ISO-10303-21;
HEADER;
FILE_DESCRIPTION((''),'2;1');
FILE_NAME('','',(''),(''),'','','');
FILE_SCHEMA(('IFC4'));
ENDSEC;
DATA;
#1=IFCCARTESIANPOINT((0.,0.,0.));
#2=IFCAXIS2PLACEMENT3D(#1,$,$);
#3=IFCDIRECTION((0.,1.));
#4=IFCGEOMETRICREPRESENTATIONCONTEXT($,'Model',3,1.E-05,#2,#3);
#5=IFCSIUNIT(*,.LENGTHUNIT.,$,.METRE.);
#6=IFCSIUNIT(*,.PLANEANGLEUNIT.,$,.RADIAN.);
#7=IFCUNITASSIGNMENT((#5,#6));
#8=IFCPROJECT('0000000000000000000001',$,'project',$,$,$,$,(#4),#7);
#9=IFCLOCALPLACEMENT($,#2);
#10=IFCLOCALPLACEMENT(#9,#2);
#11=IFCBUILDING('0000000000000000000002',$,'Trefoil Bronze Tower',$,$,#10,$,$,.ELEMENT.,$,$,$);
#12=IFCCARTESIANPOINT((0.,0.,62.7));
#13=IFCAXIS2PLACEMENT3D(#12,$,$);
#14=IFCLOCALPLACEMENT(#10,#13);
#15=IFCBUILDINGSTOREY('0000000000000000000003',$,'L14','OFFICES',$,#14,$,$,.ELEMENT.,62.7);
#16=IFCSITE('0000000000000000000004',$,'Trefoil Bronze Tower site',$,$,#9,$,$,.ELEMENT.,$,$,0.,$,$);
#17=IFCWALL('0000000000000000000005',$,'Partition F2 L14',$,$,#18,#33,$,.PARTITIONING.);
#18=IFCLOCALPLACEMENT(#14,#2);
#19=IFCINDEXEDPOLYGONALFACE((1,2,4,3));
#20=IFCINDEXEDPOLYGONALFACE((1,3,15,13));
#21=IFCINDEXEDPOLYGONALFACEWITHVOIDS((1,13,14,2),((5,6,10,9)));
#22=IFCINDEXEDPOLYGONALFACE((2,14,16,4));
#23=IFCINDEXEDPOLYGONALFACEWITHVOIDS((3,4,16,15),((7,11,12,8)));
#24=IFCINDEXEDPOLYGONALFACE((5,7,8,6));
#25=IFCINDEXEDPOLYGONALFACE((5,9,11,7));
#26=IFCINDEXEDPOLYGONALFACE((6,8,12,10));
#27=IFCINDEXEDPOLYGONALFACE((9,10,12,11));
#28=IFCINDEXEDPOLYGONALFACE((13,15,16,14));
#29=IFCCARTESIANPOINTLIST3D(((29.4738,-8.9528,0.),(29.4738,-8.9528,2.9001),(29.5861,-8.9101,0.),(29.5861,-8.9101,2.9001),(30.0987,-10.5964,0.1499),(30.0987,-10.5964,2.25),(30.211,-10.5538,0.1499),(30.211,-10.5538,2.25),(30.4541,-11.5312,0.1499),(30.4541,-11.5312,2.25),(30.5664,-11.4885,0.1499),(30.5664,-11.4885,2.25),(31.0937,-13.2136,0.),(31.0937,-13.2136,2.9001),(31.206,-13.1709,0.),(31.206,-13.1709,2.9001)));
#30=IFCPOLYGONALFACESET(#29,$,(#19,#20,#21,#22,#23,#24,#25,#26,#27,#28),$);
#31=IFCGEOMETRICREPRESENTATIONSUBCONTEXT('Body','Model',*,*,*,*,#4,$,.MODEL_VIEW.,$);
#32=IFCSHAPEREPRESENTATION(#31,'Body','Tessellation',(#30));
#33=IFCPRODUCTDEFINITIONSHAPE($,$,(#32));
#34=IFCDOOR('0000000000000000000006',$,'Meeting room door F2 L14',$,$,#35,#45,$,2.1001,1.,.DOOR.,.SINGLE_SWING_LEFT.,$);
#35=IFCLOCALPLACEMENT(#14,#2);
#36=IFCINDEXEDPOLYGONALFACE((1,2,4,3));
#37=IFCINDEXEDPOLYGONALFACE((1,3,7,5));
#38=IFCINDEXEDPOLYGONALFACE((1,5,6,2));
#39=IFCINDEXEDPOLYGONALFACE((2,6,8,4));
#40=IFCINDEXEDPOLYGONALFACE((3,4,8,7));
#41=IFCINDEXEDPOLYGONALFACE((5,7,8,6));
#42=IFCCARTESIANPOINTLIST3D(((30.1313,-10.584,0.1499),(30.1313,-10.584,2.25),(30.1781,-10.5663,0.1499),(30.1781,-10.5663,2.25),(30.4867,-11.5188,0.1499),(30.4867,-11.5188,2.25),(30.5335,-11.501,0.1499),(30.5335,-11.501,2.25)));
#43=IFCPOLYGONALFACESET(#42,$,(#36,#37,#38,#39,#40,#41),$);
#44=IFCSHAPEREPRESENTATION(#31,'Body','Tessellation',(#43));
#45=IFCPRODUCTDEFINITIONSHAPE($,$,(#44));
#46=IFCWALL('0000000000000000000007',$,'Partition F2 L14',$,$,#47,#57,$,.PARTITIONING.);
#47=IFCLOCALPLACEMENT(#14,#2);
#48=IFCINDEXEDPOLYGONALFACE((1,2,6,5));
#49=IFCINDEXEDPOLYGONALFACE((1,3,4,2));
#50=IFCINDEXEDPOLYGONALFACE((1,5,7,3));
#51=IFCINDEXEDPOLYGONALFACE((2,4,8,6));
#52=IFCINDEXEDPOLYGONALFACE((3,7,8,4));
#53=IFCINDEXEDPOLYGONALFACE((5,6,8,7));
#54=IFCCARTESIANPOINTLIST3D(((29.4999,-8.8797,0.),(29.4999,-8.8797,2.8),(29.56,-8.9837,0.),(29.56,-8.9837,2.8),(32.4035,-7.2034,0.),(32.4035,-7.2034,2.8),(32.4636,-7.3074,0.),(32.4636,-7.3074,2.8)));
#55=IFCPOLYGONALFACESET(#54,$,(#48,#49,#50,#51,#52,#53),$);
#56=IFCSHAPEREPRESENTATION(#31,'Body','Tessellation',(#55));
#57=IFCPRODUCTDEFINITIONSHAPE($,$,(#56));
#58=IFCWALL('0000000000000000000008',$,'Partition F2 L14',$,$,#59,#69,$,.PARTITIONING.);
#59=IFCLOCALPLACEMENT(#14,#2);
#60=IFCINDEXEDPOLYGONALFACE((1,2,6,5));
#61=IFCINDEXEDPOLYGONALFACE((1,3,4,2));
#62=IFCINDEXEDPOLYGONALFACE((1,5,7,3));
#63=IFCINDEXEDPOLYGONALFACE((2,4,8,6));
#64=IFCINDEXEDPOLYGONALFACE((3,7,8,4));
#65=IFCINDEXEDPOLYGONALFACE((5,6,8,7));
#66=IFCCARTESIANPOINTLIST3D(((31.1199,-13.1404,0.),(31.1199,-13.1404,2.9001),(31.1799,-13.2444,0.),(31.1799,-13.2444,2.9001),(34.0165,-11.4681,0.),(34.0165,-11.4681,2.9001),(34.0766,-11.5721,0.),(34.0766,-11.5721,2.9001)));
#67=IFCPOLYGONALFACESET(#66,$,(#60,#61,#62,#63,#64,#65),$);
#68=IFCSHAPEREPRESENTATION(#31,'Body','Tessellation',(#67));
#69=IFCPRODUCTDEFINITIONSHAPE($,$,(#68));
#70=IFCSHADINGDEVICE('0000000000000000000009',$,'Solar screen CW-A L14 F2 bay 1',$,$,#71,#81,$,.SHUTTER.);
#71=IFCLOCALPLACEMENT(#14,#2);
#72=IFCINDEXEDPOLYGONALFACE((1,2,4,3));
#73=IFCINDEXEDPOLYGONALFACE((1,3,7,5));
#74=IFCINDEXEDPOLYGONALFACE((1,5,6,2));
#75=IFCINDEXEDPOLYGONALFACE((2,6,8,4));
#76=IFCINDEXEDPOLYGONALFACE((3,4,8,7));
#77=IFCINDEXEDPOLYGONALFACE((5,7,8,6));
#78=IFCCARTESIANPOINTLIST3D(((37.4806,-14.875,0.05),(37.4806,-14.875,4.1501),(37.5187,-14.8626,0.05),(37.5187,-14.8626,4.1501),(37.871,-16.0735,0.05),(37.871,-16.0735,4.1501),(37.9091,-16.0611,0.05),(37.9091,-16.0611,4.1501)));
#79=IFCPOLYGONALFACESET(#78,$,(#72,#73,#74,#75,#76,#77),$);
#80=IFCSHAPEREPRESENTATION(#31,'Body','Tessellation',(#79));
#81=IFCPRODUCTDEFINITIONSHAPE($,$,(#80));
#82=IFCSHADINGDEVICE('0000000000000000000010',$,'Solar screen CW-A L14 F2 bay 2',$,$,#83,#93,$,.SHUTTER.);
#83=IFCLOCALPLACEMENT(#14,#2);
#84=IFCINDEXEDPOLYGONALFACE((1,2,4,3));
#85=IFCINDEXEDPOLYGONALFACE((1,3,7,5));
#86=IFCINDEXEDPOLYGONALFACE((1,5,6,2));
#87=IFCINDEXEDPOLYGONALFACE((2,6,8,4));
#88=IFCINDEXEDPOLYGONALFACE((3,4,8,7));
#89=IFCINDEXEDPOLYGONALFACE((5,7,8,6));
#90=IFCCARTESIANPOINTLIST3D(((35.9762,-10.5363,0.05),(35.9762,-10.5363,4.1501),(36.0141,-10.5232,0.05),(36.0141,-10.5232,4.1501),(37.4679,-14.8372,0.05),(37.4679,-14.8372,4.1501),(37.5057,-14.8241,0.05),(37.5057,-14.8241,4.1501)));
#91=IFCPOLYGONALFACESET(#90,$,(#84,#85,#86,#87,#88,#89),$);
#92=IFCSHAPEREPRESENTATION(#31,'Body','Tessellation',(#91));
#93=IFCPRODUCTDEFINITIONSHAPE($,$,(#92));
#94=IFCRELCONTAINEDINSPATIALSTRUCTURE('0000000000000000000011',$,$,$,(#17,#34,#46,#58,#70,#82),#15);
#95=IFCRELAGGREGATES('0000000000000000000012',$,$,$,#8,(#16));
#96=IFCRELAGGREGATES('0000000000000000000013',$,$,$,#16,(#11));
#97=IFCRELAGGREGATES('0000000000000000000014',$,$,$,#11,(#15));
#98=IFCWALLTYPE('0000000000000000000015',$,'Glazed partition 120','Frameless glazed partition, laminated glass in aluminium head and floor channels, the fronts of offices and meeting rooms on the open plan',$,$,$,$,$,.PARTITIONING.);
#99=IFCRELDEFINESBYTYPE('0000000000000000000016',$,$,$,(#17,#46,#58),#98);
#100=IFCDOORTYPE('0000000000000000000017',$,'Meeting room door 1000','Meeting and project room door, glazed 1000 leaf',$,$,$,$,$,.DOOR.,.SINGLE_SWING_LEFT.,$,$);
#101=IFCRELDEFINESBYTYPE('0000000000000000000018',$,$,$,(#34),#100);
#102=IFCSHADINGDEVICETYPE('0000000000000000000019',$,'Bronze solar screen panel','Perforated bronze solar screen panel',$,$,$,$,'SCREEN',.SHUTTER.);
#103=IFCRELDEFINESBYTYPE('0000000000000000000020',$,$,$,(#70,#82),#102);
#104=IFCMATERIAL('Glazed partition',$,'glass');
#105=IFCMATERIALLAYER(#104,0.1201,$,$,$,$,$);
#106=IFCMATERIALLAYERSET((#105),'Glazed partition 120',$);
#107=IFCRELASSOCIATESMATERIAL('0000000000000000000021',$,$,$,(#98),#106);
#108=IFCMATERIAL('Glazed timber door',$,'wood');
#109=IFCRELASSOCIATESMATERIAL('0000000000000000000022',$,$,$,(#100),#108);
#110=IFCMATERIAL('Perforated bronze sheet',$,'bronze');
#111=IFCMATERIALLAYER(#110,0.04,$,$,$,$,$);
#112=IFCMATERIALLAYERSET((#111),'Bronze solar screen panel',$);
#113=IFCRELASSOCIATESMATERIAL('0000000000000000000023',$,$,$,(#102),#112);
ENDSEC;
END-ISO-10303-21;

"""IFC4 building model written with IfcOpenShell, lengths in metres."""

from ifc_helpers import new_model, si_unit, direction, frame, frame_2d, origin, origin_2d, place, context, subcontext, project, spatial, rectangle, extrude, material, layer, layer_set, type_object, element, fill, save


model = new_model("IFC4")

# Units and contexts
model_context = context("Model", 3, precision=1e-05, world=origin(), true_north=direction((0.0, 1.0)))
body_context = subcontext(model_context, "Body", "Model", "MODEL_VIEW")
ifc_project = project(units=[si_unit("LENGTHUNIT", "METRE"), si_unit("PLANEANGLEUNIT", "RADIAN")], contexts=[model_context])

# Site, building, storey
site_placement = place(None, origin())
site = spatial("IfcSite", under=ifc_project, at=site_placement, Name="Trefoil Bronze Tower site", CompositionType="ELEMENT", RefElevation=0.0)
building_placement = place(site_placement, origin())
building = spatial("IfcBuilding", under=site, at=building_placement, Name="Trefoil Bronze Tower", CompositionType="ELEMENT")
storey_placement = place(building_placement, frame((0.0, 0.0, 62.7)))
storey = spatial("IfcBuildingStorey", under=building, at=storey_placement, Name="L14", Description="OFFICES", CompositionType="ELEMENT", Elevation=62.7)

# Shared definitions
ifc_material_1 = material(Name="Glazed partition", Category="glass")
ifc_layer_1 = layer(ifc_material_1, 0.1201)
ifc_layer_set_1 = layer_set([ifc_layer_1], Name="Glazed partition 120")
wall_type = type_object("IfcWallType", Name="Glazed partition 120", Description="Frameless glazed partition, laminated glass in aluminium head and floor channels, the fronts of offices and meeting rooms on the open plan", PredefinedType="PARTITIONING", material=ifc_layer_set_1)

# Wall, opening, door
ifc_material_2 = material(Name="Glazed timber door", Category="wood")
door_type_1 = type_object("IfcDoorType", Name="Meeting room door 1000", Description="Meeting and project room door, glazed 1000 leaf", OperationType="SINGLE_SWING_LEFT", PredefinedType="DOOR", material=ifc_material_2)
wall_1_placement = place(storey_placement, frame((31.1499, -13.1924, 0.0), z_axis=(0.0, 0.0, 1.0), x_axis=(-0.355369, 0.934726, 0.0)))
wall_1 = element("IfcWall", 1, at=wall_1_placement, inside=storey, type_object=wall_type, Name="Partition F2 L14", PredefinedType="PARTITIONING", context=body_context, shape_type="SweptSolid", body=[
    extrude(rectangle(XDim=4.5583, YDim=0.1201, at=frame_2d((2.2793, 0.0))), origin(), (0.0, 0.0, 1.0), 2.9001),
])
opening_1_placement = place(wall_1_placement, frame((1.8, 0.0, 0.1499)))
opening_1 = element("IfcOpeningElement", 2, at=opening_1_placement, cuts=wall_1, PredefinedType="OPENING", context=body_context, shape_type="SweptSolid", body=[
    extrude(rectangle(XDim=1.0, YDim=2.1001, at=frame_2d((0.5, 1.05))), frame((0.0, 0.0701, 0.0), z_axis=(0.0, -1.0, 0.0), x_axis=(1.0, 0.0, 0.0)), (0.0, 0.0, 1.0), 0.1401),
])
door_1_placement = place(opening_1_placement, frame((1.0, 0.0, 0.0), z_axis=(0.0, 0.0, 1.0), x_axis=(-1.0, 0.0, 0.0)))
door_1 = element("IfcDoor", 3, at=door_1_placement, inside=storey, type_object=door_type_1, Name="Meeting room door F2 L14", OperationType="SINGLE_SWING_LEFT", OverallHeight=2.1001, OverallWidth=1.0, PredefinedType="DOOR", context=body_context, shape_type="SweptSolid", body=[
    extrude(rectangle(XDim=1.0, YDim=2.1001, at=frame_2d((0.5, 1.05))), frame((0.0, 0.0249, 0.0), z_axis=(0.0, -1.0, 0.0), x_axis=(1.0, 0.0, 0.0)), (0.0, 0.0, 1.0), 0.05),
])
fill(opening_1, door_1)

# Walls
wall_2_placement = place(storey_placement, frame((29.53, -8.9316, 0.0), z_axis=(0.0, 0.0, 1.0), x_axis=(0.866039, 0.499977, 0.0)))
element("IfcWall", 4, at=wall_2_placement, inside=storey, type_object=wall_type, Name="Partition F2 L14", PredefinedType="PARTITIONING", context=body_context, shape_type="SweptSolid", body=[
    extrude(rectangle(XDim=3.3528, YDim=0.1201, at=frame_2d((1.6763, 0.0))), origin(), (0.0, 0.0, 1.0), 2.8),
])
wall_3_placement = place(storey_placement, frame((31.1499, -13.1924, 0.0), z_axis=(0.0, 0.0, 1.0), x_axis=(0.866034, 0.499986, 0.0)))
element("IfcWall", 5, at=wall_3_placement, inside=storey, type_object=wall_type, Name="Partition F2 L14", PredefinedType="PARTITIONING", context=body_context, shape_type="SweptSolid", body=[
    extrude(rectangle(XDim=3.3447, YDim=0.1201, at=frame_2d((1.6724, 0.0))), origin(), (0.0, 0.0, 1.0), 2.9001),
])

# Shading devices
ifc_material_3 = material(Name="Perforated bronze sheet", Category="bronze")
ifc_layer_2 = layer(ifc_material_3, 0.04)
ifc_layer_set_2 = layer_set([ifc_layer_2], Name="Bronze solar screen panel")
shading_device_type = type_object("IfcShadingDeviceType", Name="Bronze solar screen panel", Description="Perforated bronze solar screen panel", ElementType="SCREEN", PredefinedType="SHUTTER", material=ifc_layer_set_2)
shading_device_1_placement = place(storey_placement, frame((37.6948, -15.468, 0.05), z_axis=(0.0, 0.0, 1.0), x_axis=(-0.309728, 0.950825, 0.0)))
element("IfcShadingDevice", 6, at=shading_device_1_placement, inside=storey, type_object=shading_device_type, Name="Solar screen CW-A L14 F2 bay 1", PredefinedType="SHUTTER", context=body_context, shape_type="SweptSolid", body=[
    extrude(rectangle(XDim=1.2605, YDim=0.04, at=origin_2d()), origin(), (0.0, 0.0, 1.0), 4.1001),
])
shading_device_2_placement = place(storey_placement, frame((36.741, -12.6802, 0.05), z_axis=(0.0, 0.0, 1.0), x_axis=(-0.327674, 0.944791, 0.0)))
element("IfcShadingDevice", 7, at=shading_device_2_placement, inside=storey, type_object=shading_device_type, Name="Solar screen CW-A L14 F2 bay 2", PredefinedType="SHUTTER", context=body_context, shape_type="SweptSolid", body=[
    extrude(rectangle(XDim=4.5522, YDim=0.04, at=origin_2d()), origin(), (0.0, 0.0, 1.0), 4.1001),
])

save(model, "model.ifc")
